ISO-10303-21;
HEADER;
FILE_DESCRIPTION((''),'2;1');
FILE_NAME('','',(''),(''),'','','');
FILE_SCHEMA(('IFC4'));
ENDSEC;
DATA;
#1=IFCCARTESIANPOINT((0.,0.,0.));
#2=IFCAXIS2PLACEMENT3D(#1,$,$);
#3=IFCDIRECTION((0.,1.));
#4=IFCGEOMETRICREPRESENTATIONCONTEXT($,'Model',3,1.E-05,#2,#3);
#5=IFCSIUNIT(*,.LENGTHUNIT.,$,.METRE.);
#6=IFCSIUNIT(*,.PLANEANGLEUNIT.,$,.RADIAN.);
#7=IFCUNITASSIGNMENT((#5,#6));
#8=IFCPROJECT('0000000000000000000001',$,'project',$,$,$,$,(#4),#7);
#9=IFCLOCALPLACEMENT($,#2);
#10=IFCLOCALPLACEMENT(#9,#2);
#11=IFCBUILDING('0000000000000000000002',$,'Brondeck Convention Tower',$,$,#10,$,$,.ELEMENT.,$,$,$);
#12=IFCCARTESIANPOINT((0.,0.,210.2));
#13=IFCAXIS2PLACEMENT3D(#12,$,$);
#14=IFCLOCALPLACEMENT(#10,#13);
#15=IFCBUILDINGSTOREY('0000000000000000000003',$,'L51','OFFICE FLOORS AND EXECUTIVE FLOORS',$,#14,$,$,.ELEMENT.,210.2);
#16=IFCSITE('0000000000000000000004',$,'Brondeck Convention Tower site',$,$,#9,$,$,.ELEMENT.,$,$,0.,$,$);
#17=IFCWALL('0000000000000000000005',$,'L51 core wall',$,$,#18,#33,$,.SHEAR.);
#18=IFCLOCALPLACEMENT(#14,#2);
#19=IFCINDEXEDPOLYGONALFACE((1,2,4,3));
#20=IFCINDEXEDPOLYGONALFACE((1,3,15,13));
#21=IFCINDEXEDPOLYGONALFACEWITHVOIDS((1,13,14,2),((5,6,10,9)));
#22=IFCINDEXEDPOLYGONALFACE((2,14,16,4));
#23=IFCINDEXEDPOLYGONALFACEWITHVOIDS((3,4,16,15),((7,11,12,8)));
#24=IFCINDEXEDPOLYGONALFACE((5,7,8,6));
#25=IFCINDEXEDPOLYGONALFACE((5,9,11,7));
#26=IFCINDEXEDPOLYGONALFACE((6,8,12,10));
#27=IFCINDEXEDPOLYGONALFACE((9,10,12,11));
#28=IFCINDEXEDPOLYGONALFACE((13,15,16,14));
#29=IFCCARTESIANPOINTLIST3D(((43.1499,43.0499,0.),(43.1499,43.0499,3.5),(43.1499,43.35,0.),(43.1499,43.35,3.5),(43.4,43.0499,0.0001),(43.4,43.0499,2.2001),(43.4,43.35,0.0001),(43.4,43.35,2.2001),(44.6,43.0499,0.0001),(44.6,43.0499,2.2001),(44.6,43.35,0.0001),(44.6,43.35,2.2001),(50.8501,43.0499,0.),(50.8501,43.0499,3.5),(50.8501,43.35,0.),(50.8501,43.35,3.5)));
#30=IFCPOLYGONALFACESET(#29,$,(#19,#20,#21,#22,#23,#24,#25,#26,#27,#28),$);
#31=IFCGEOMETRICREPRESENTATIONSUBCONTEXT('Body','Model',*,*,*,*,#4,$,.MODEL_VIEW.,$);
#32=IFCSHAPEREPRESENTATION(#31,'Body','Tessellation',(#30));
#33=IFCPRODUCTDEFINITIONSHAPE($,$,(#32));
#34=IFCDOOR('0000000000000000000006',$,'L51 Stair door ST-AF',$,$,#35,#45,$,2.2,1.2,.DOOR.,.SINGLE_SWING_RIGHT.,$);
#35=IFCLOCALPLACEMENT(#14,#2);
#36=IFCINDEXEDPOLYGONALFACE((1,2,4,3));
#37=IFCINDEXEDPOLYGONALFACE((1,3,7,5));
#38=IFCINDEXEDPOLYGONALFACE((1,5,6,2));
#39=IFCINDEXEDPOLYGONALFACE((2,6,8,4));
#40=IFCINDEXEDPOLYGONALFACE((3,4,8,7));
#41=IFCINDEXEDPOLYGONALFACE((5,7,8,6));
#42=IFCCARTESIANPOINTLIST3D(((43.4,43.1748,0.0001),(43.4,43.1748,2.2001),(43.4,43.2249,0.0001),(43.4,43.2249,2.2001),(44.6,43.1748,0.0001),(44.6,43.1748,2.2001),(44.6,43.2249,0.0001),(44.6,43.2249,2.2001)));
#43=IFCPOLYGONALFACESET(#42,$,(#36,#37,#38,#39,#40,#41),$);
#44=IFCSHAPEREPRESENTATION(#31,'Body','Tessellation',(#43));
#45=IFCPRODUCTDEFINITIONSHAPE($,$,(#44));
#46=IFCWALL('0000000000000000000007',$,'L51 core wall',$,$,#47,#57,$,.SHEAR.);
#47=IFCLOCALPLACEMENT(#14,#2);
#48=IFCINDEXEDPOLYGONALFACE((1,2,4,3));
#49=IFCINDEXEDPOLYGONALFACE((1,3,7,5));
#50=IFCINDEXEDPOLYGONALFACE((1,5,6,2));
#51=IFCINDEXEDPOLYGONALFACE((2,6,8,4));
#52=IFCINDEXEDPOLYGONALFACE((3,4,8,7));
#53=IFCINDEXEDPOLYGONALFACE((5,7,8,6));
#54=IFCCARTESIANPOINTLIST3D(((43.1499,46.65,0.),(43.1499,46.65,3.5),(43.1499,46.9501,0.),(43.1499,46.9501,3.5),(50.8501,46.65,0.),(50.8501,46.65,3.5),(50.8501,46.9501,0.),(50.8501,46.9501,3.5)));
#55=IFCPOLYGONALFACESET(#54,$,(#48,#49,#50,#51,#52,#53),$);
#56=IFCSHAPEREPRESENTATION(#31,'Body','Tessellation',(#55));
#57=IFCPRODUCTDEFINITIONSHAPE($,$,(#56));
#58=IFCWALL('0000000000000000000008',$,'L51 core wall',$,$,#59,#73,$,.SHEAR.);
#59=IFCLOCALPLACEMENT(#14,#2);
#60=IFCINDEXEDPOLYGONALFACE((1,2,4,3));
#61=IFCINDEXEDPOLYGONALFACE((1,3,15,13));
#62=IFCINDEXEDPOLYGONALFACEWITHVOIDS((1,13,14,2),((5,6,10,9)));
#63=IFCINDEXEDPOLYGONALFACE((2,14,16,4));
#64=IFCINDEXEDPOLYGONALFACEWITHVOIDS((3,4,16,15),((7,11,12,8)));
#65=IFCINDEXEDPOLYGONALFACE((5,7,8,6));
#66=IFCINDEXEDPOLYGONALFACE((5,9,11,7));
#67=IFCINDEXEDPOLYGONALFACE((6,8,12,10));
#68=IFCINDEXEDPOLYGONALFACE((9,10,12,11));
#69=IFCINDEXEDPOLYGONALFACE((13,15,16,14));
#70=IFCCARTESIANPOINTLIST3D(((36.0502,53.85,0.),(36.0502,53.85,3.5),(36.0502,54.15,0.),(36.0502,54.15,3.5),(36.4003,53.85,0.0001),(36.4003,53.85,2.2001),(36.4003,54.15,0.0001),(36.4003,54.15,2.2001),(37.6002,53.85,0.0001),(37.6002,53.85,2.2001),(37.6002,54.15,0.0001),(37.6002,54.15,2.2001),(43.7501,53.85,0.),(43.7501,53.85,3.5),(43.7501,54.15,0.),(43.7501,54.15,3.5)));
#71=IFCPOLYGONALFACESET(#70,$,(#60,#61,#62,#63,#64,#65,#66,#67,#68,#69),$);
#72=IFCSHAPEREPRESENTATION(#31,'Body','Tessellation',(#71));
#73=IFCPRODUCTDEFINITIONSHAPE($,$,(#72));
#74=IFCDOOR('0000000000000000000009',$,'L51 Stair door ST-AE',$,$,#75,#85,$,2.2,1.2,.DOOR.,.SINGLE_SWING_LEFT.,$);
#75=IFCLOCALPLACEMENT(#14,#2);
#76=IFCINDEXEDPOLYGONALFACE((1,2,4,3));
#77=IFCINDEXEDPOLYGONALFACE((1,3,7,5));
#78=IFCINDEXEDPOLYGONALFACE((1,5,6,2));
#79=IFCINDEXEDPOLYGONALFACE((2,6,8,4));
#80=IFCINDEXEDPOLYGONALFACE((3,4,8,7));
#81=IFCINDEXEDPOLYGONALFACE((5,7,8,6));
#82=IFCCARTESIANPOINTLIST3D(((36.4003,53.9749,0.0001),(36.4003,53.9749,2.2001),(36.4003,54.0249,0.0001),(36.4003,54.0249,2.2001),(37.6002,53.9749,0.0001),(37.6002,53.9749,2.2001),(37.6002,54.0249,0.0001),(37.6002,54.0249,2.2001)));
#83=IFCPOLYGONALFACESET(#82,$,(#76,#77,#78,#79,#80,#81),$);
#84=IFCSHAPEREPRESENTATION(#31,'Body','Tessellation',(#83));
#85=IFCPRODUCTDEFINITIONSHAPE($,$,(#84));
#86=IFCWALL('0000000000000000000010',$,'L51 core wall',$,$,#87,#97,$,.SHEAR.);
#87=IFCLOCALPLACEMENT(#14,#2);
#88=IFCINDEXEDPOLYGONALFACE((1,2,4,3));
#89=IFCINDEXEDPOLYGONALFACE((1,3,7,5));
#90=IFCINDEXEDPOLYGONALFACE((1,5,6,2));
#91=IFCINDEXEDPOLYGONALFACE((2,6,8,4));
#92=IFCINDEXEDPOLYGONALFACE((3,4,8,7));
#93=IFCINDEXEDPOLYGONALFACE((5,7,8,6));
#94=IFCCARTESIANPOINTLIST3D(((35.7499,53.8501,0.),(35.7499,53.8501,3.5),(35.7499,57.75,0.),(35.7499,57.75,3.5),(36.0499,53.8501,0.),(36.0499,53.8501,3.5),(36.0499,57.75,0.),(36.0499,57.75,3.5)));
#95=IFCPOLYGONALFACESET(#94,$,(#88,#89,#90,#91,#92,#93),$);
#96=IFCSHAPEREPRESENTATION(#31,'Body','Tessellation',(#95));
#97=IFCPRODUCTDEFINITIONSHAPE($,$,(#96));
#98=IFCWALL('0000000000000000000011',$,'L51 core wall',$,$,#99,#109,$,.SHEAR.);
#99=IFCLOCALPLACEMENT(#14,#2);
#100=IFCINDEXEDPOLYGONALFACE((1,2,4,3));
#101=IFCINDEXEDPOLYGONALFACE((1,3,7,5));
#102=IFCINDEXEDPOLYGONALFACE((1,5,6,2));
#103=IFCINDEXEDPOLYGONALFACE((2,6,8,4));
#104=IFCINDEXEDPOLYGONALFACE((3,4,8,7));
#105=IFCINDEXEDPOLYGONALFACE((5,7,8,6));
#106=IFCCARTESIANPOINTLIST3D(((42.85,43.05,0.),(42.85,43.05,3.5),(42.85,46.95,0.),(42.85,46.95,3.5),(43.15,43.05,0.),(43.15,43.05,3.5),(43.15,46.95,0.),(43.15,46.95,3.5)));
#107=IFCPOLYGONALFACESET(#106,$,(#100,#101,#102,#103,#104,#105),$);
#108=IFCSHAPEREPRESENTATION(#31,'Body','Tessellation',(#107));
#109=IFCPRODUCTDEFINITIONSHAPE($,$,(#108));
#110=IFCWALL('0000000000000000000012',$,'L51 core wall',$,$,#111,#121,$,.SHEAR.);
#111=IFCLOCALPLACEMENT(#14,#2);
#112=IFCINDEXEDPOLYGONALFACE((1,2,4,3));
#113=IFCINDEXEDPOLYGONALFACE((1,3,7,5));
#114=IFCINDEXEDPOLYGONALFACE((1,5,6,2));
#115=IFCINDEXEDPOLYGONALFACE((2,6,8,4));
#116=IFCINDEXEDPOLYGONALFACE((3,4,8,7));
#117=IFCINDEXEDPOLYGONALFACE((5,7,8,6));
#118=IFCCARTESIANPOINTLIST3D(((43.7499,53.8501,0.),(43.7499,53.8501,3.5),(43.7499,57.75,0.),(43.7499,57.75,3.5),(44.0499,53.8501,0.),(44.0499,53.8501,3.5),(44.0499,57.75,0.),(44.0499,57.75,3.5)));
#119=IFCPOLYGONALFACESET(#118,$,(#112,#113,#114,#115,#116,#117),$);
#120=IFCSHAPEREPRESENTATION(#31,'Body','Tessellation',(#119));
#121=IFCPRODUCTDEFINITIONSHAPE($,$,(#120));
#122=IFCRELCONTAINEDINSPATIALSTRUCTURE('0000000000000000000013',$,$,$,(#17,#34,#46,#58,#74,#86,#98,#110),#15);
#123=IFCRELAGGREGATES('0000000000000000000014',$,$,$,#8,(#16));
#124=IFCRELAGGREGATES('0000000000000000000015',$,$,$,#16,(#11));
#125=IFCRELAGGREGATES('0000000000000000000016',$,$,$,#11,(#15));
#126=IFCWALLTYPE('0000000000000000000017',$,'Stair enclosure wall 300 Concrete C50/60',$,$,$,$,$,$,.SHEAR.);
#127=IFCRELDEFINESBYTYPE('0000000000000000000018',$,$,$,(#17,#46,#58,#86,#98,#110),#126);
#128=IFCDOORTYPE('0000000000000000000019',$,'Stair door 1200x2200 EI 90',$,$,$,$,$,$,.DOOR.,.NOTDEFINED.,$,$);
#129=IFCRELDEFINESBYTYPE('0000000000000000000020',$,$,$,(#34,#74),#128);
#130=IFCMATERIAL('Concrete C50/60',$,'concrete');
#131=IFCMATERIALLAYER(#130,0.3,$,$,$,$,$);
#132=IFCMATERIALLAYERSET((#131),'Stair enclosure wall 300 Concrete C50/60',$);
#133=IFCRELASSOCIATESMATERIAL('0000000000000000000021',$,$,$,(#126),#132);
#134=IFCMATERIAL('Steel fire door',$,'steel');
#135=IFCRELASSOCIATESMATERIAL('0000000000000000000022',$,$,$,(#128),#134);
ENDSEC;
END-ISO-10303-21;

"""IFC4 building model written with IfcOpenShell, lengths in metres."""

from ifc_helpers import new_model, si_unit, direction, frame, frame_2d, origin, place, context, subcontext, project, spatial, rectangle, extrude, material, layer, layer_set, type_object, element, fill, save


model = new_model("IFC4")

# Units and contexts
model_context = context("Model", 3, precision=1e-05, world=origin(), true_north=direction((0.0, 1.0)))
body_context = subcontext(model_context, "Body", "Model", "MODEL_VIEW")
ifc_project = project(units=[si_unit("LENGTHUNIT", "METRE"), si_unit("PLANEANGLEUNIT", "RADIAN")], contexts=[model_context])

# Site, building, storey
site_placement = place(None, origin())
site = spatial("IfcSite", under=ifc_project, at=site_placement, Name="Brondeck Convention Tower site", CompositionType="ELEMENT", RefElevation=0.0)
building_placement = place(site_placement, origin())
building = spatial("IfcBuilding", under=site, at=building_placement, Name="Brondeck Convention Tower", CompositionType="ELEMENT")
storey_placement = place(building_placement, frame((0.0, 0.0, 210.2)))
storey = spatial("IfcBuildingStorey", under=building, at=storey_placement, Name="L51", Description="OFFICE FLOORS AND EXECUTIVE FLOORS", CompositionType="ELEMENT", Elevation=210.2)

# Shared definitions
ifc_material_1 = material(Name="Concrete C50/60", Category="concrete")

# Wall, opening, door
ifc_layer_1 = layer(ifc_material_1, 0.3)
ifc_layer_set_1 = layer_set([ifc_layer_1], Name="Stair enclosure wall 300 Concrete C50/60")
wall_type_1 = type_object("IfcWallType", Name="Stair enclosure wall 300 Concrete C50/60", PredefinedType="SHEAR", material=ifc_layer_set_1)
wall_1_placement = place(storey_placement, frame((43.1499, 43.2, 0.0), z_axis=(0.0, 0.0, 1.0), x_axis=(1.0, 0.0, 0.0)))
wall_1 = element("IfcWall", 1, at=wall_1_placement, inside=storey, type_object=wall_type_1, Name="L51 core wall", PredefinedType="SHEAR", context=body_context, shape_type="SweptSolid", body=[
    extrude(rectangle(XDim=7.7002, YDim=0.3, at=frame_2d((3.8501, 0.0))), origin(), (0.0, 0.0, 1.0), 3.5),
])
opening_1_placement = place(wall_1_placement, frame((0.25, 0.0, 0.0)))
opening_1 = element("IfcOpeningElement", 2, at=opening_1_placement, cuts=wall_1, PredefinedType="OPENING", context=body_context, shape_type="SweptSolid", body=[
    extrude(rectangle(XDim=1.2, YDim=2.2, at=frame_2d((0.6001, 1.1001))), frame((0.0, 0.1599, 0.0), z_axis=(0.0, -1.0, 0.0), x_axis=(1.0, 0.0, 0.0)), (0.0, 0.0, 1.0), 0.3201),
])
ifc_material_2 = material(Name="Steel fire door", Category="steel")
door_type_1 = type_object("IfcDoorType", Name="Stair door 1200x2200 EI 90", OperationType="NOTDEFINED", PredefinedType="DOOR", material=ifc_material_2)
door_1_placement = place(opening_1_placement, origin())
door_1 = element("IfcDoor", 3, at=door_1_placement, inside=storey, type_object=door_type_1, Name="L51 Stair door ST-AF", OperationType="SINGLE_SWING_RIGHT", OverallHeight=2.2, OverallWidth=1.2, PredefinedType="DOOR", context=body_context, shape_type="SweptSolid", body=[
    extrude(rectangle(XDim=1.2, YDim=2.2, at=frame_2d((0.6001, 1.1001))), frame((0.0, 0.0249, 0.0), z_axis=(0.0, -1.0, 0.0), x_axis=(1.0, 0.0, 0.0)), (0.0, 0.0, 1.0), 0.05),
])
fill(opening_1, door_1)

# Wall
wall_2_placement = place(storey_placement, frame((43.1499, 46.8, 0.0), z_axis=(0.0, 0.0, 1.0), x_axis=(1.0, 0.0, 0.0)))
element("IfcWall", 4, at=wall_2_placement, inside=storey, type_object=wall_type_1, Name="L51 core wall", PredefinedType="SHEAR", context=body_context, shape_type="SweptSolid", body=[
    extrude(rectangle(XDim=7.7002, YDim=0.3, at=frame_2d((3.8501, 0.0))), origin(), (0.0, 0.0, 1.0), 3.5),
])

# Wall, opening, door
wall_3_placement = place(storey_placement, frame((36.05, 54.0, 0.0), z_axis=(0.0, 0.0, 1.0), x_axis=(1.0, 0.0, 0.0)))
wall_3 = element("IfcWall", 5, at=wall_3_placement, inside=storey, type_object=wall_type_1, Name="L51 core wall", PredefinedType="SHEAR", context=body_context, shape_type="SweptSolid", body=[
    extrude(rectangle(XDim=7.7, YDim=0.3, at=frame_2d((3.8501, 0.0))), origin(), (0.0, 0.0, 1.0), 3.5),
])
opening_2_placement = place(wall_3_placement, frame((0.3501, 0.0, 0.0)))
opening_2 = element("IfcOpeningElement", 6, at=opening_2_placement, cuts=wall_3, PredefinedType="OPENING", context=body_context, shape_type="SweptSolid", body=[
    extrude(rectangle(XDim=1.2, YDim=2.2, at=frame_2d((0.6001, 1.1001))), frame((0.0, 0.1599, 0.0), z_axis=(0.0, -1.0, 0.0), x_axis=(1.0, 0.0, 0.0)), (0.0, 0.0, 1.0), 0.3201),
])
door_2_placement = place(opening_2_placement, origin())
door_2 = element("IfcDoor", 7, at=door_2_placement, inside=storey, type_object=door_type_1, Name="L51 Stair door ST-AE", OperationType="SINGLE_SWING_LEFT", OverallHeight=2.2, OverallWidth=1.2, PredefinedType="DOOR", context=body_context, shape_type="SweptSolid", body=[
    extrude(rectangle(XDim=1.2, YDim=2.2, at=frame_2d((0.6001, 1.1001))), frame((0.0, 0.0249, 0.0), z_axis=(0.0, -1.0, 0.0), x_axis=(1.0, 0.0, 0.0)), (0.0, 0.0, 1.0), 0.05),
])
fill(opening_2, door_2)

# Walls
for number, where, z_axis, x_axis, name in (
    (8, (35.8999, 53.8501, 0.0), (0.0, 0.0, 1.0), (0.0, 1.0, 0.0), "L51 core wall"),
    (9, (43.0, 43.05, 0.0), (0.0, 0.0, 1.0), (0.0, 1.0, 0.0), "L51 core wall"),
    (10, (43.8999, 53.8501, 0.0), (0.0, 0.0, 1.0), (0.0, 1.0, 0.0), "L51 core wall"),
):
    element("IfcWall", number, at=place(storey_placement, frame(where, z_axis=z_axis, x_axis=x_axis)), inside=storey, type_object=wall_type_1, Name=name, PredefinedType="SHEAR", context=body_context, shape_type="SweptSolid", body=[
        extrude(rectangle(XDim=3.8999, YDim=0.3, at=frame_2d((1.95, 0.0))), origin(), (0.0, 0.0, 1.0), 3.5),
    ])

save(model, "model.ifc")
